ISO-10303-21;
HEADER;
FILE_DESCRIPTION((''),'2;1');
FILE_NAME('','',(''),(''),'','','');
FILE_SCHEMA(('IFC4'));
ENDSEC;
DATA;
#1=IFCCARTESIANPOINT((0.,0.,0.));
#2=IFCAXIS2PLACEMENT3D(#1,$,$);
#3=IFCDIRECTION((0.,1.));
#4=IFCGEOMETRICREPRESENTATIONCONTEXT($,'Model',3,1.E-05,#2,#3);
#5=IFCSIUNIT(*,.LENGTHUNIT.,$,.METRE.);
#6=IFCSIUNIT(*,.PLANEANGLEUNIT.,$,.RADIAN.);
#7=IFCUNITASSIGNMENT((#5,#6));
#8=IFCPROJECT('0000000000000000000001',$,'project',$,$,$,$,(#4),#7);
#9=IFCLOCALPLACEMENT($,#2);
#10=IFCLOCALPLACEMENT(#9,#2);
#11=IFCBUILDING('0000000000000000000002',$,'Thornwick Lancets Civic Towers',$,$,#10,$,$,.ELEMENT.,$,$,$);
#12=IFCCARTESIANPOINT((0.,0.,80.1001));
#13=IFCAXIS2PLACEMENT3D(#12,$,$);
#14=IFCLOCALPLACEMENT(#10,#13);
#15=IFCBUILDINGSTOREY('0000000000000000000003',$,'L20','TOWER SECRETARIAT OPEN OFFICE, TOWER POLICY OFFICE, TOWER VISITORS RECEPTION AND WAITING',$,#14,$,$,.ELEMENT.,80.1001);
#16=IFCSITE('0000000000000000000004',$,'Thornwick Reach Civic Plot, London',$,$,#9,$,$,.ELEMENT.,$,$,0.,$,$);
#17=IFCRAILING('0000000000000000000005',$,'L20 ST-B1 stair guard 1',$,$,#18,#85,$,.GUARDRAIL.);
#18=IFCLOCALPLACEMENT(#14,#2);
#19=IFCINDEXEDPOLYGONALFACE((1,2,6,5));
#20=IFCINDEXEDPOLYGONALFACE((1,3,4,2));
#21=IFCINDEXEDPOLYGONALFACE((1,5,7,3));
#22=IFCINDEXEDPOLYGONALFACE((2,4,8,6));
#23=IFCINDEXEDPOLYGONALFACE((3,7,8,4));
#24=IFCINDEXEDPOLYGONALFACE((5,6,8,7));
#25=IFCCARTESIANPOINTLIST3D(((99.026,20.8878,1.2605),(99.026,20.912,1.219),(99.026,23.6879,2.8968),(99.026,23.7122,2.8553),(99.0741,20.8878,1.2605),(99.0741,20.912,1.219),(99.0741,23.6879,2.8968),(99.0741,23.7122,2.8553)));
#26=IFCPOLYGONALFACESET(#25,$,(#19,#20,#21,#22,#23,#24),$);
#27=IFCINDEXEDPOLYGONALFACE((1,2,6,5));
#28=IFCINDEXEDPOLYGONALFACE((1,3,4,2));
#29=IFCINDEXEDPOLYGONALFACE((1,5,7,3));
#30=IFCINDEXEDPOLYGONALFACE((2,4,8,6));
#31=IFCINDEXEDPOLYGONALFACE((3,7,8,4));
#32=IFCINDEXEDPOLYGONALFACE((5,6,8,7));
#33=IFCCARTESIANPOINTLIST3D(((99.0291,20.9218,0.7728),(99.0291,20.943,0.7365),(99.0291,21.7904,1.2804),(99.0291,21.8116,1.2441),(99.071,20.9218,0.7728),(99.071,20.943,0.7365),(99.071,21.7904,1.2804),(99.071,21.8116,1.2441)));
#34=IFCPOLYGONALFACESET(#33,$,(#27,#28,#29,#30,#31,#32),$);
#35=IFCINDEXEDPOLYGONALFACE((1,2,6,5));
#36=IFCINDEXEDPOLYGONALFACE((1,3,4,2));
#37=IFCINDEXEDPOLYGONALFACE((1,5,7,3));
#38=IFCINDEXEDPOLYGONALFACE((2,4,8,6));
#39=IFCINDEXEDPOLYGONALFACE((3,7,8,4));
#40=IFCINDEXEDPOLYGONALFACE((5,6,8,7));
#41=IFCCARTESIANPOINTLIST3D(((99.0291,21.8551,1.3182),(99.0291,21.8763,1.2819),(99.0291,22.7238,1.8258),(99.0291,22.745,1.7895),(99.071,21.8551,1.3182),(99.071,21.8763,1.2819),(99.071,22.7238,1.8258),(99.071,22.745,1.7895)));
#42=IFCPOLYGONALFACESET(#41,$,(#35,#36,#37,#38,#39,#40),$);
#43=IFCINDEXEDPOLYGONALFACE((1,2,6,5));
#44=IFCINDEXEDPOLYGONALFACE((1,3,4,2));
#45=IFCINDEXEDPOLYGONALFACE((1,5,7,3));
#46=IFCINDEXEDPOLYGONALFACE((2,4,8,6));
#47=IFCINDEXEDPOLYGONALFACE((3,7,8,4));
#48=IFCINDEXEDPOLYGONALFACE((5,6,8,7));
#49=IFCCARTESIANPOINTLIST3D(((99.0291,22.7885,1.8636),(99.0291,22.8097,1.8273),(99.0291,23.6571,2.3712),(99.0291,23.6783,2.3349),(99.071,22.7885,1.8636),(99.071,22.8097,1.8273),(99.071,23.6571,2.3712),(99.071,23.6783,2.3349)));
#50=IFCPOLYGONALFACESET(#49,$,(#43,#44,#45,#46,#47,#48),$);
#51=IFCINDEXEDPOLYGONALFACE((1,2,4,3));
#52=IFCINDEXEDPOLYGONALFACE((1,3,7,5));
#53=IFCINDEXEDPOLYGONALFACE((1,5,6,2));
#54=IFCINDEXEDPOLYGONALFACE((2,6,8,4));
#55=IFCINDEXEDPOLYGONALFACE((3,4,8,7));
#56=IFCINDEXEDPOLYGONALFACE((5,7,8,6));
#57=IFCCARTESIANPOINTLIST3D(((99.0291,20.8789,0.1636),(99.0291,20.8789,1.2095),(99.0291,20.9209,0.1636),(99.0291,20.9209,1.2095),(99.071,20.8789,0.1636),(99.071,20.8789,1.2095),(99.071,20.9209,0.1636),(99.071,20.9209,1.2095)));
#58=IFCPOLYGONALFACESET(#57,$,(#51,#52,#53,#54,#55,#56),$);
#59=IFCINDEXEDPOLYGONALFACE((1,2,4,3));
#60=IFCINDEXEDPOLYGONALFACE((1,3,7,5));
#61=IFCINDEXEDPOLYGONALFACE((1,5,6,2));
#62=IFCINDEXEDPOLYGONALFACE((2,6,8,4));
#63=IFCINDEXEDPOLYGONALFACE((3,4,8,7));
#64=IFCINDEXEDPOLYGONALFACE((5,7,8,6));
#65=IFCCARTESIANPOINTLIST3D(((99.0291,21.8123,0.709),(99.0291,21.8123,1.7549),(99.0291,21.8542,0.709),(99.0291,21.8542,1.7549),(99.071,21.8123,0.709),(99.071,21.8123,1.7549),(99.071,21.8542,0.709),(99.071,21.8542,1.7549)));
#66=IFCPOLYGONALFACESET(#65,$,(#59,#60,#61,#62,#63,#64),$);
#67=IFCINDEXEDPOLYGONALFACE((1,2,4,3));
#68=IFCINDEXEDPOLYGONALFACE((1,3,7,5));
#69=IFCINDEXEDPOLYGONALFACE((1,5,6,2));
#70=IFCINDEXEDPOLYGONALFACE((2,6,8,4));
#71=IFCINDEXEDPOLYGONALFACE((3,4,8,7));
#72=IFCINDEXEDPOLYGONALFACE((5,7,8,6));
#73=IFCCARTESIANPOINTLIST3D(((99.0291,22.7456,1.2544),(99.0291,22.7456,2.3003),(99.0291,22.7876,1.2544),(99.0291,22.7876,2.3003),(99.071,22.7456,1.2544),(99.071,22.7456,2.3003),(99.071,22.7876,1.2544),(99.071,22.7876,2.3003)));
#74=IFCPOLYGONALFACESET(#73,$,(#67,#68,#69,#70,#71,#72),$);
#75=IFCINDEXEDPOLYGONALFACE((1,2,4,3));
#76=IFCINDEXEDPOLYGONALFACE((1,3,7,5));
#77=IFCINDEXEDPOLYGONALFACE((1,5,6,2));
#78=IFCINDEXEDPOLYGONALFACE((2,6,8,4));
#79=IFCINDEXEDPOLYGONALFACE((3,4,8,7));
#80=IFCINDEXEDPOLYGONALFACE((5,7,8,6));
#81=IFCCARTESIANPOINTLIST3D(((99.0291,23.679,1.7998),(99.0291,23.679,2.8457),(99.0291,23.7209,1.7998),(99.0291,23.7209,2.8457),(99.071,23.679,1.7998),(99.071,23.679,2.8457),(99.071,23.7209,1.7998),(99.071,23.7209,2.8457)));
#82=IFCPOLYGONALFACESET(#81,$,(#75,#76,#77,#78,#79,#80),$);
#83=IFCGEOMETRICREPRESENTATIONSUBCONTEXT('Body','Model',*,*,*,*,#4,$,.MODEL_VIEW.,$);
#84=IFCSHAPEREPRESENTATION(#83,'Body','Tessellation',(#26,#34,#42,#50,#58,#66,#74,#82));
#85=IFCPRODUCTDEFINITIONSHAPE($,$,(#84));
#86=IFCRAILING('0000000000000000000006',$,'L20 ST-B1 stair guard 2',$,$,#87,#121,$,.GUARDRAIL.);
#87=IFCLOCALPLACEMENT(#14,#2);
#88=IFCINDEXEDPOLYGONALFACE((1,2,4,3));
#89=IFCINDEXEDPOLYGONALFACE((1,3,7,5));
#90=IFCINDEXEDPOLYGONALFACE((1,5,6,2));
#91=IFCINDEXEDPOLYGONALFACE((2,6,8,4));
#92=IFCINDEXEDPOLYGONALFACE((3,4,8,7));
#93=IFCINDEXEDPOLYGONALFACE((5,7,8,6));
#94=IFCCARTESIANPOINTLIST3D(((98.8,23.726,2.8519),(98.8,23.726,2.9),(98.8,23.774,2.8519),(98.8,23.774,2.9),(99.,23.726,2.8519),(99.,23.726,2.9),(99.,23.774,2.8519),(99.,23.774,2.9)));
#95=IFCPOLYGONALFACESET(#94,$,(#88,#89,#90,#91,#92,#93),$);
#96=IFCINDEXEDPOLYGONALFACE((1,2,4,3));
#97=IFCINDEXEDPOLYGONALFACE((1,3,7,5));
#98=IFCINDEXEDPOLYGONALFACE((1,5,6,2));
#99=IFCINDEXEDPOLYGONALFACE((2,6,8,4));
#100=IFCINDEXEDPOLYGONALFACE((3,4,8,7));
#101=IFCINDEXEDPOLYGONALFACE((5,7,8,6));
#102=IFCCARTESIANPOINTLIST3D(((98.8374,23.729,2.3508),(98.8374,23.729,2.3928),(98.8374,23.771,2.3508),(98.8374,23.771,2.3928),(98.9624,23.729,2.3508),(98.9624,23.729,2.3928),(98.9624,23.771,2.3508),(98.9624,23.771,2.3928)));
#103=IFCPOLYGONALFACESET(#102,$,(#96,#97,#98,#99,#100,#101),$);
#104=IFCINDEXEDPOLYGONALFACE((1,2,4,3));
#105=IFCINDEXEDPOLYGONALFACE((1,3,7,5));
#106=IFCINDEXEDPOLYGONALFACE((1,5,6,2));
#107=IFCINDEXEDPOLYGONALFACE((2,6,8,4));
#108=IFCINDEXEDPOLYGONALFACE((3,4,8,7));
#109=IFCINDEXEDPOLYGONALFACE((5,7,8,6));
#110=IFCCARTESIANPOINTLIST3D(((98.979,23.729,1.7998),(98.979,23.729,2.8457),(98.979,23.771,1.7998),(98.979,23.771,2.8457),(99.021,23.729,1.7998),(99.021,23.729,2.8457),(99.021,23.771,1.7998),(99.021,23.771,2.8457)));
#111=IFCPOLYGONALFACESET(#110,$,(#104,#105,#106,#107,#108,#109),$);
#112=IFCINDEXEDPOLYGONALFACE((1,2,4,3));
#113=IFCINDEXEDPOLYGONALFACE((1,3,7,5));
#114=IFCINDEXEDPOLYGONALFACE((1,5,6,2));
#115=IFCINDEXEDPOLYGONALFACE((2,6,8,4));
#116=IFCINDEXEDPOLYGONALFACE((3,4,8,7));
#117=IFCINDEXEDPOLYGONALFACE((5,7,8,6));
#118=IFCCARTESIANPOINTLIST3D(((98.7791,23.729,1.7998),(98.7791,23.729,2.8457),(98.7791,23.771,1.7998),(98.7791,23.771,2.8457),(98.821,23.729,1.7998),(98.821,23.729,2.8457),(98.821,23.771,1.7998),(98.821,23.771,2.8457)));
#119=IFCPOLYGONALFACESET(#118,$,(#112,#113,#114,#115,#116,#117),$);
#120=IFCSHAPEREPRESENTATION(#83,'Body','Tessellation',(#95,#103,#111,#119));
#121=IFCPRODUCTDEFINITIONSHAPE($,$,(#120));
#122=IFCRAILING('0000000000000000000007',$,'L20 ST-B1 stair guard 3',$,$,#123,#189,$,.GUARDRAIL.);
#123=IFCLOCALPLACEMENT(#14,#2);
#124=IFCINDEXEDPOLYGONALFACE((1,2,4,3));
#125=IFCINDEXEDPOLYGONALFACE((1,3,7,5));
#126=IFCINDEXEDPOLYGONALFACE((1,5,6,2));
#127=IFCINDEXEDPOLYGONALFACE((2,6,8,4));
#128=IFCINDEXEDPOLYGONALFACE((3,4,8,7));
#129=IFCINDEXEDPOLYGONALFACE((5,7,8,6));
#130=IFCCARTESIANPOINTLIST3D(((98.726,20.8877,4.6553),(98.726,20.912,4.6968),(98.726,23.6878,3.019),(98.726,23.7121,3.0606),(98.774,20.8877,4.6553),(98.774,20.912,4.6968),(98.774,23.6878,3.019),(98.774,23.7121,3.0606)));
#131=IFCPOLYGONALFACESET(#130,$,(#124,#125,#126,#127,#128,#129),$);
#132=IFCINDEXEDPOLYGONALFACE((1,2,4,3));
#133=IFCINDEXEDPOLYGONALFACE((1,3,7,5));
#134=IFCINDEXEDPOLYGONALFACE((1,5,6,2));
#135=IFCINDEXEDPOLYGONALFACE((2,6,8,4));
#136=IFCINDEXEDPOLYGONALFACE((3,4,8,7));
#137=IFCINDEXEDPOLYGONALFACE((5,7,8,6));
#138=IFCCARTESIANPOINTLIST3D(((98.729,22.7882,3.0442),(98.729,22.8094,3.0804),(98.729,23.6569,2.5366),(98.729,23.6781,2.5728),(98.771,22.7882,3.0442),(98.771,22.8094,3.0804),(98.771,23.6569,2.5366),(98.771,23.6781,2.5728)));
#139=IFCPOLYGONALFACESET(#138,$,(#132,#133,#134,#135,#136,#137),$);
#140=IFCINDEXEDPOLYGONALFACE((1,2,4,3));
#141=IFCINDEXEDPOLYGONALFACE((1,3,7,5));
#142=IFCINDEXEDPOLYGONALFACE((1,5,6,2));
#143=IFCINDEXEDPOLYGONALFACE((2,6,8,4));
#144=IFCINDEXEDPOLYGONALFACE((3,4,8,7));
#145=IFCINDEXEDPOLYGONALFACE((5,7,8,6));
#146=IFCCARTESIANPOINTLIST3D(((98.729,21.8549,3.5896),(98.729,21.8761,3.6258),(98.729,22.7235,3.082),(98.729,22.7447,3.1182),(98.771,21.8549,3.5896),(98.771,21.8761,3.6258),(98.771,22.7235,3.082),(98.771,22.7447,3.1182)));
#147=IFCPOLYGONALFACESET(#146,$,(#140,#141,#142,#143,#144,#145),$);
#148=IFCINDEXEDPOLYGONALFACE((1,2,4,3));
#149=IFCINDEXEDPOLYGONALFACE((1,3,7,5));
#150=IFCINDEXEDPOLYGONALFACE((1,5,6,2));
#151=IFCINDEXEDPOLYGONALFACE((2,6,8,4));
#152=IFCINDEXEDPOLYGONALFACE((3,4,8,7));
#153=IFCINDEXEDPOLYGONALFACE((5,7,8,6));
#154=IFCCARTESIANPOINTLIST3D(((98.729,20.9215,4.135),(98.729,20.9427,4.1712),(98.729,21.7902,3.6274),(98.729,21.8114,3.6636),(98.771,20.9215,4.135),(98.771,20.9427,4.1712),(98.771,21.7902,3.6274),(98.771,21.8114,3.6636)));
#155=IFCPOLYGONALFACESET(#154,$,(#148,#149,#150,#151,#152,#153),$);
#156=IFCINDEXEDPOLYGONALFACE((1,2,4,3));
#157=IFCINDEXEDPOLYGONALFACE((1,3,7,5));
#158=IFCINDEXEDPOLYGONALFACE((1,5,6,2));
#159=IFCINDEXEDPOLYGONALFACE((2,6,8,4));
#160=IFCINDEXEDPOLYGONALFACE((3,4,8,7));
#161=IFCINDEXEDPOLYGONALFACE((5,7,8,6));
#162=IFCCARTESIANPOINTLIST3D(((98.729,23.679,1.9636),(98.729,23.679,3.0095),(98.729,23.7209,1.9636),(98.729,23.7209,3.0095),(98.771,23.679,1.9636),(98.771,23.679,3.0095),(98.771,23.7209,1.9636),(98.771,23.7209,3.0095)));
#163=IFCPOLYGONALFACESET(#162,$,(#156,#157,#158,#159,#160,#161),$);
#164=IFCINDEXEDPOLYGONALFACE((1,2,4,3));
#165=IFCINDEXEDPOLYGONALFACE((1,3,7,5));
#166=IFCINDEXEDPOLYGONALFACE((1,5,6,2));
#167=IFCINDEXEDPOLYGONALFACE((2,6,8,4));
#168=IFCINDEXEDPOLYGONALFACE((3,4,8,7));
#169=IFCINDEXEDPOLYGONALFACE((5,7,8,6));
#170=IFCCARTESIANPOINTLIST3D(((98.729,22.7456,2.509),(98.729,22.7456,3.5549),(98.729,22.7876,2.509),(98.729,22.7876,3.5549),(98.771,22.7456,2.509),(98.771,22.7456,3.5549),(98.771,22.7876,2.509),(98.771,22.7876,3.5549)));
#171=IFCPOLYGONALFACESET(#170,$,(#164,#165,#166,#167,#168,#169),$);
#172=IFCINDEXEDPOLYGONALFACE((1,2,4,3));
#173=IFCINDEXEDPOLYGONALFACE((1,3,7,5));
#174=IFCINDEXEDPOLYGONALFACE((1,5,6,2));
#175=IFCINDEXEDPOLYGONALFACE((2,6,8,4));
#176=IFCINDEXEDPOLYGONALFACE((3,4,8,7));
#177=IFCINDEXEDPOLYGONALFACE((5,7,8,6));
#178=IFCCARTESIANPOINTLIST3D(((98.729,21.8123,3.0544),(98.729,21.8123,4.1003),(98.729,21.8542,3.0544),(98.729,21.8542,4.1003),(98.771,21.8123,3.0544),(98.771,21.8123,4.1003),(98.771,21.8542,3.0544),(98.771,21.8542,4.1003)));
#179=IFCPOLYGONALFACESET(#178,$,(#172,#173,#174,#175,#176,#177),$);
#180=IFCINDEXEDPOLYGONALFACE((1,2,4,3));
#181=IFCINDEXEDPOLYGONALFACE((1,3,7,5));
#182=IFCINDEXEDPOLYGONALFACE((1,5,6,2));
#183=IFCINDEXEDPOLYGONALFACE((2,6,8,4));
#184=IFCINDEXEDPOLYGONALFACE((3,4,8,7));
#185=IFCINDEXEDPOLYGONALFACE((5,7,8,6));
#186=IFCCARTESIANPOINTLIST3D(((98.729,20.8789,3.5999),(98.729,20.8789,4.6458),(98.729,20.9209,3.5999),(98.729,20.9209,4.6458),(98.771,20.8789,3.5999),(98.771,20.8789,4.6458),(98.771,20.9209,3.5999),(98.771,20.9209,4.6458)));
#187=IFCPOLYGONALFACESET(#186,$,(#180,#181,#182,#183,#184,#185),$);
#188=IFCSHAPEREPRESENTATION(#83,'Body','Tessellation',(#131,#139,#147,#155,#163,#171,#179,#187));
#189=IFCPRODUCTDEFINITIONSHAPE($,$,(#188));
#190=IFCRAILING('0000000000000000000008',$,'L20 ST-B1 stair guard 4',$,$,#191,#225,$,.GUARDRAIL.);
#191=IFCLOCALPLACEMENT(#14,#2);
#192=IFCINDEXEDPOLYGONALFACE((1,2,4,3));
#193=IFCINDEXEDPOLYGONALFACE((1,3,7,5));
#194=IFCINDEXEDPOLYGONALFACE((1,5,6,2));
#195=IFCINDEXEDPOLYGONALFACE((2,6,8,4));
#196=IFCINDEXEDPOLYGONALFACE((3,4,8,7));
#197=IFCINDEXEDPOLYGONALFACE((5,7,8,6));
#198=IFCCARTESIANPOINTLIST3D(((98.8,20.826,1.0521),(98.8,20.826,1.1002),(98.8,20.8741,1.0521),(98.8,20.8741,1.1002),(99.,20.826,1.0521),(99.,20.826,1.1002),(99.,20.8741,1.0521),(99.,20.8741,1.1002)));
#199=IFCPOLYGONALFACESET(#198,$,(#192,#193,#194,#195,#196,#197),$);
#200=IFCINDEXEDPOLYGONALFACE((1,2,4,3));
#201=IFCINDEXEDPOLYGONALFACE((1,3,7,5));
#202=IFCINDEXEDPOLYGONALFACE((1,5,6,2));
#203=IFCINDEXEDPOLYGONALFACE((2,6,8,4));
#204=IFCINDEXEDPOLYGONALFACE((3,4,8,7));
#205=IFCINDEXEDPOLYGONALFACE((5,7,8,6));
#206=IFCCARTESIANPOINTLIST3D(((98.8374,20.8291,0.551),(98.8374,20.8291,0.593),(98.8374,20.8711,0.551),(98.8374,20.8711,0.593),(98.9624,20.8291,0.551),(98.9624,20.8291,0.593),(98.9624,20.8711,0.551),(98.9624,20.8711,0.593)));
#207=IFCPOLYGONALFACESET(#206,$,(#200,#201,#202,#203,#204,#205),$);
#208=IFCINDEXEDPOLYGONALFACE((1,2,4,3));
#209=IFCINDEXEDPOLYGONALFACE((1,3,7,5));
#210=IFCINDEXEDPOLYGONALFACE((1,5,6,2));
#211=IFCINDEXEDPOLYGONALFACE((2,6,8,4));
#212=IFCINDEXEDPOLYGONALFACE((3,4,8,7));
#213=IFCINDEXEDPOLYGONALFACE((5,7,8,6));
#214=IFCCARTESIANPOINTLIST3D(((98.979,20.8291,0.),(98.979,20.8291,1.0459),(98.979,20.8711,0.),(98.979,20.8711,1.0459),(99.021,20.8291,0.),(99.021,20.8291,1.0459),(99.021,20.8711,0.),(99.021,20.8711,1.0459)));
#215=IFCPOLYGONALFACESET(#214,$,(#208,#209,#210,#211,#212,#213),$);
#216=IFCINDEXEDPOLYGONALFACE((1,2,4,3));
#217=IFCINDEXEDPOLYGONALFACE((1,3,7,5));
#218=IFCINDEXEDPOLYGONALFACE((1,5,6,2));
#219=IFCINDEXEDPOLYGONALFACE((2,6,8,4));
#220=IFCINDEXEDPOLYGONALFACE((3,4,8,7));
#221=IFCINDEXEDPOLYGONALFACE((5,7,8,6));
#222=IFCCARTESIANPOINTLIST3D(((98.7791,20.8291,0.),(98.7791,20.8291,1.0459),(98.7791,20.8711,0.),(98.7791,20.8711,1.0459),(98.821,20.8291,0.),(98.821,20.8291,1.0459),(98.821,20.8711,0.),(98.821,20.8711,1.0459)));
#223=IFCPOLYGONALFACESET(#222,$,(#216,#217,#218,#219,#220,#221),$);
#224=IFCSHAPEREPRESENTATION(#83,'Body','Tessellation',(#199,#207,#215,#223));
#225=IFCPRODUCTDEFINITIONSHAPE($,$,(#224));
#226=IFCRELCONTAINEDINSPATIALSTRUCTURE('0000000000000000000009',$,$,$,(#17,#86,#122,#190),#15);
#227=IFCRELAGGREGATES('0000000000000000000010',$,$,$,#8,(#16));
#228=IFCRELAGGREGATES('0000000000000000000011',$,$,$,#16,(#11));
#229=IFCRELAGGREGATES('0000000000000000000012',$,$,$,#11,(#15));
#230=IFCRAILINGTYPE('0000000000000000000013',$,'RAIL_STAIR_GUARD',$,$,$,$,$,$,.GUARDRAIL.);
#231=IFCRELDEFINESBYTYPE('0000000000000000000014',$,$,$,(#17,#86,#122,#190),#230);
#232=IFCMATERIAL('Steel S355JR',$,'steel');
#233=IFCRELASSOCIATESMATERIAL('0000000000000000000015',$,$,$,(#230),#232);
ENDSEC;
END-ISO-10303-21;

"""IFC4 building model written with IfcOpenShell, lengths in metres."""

from ifc_helpers import new_model, si_unit, direction, frame, origin, origin_2d, place, context, subcontext, project, spatial, rectangle, extrude, material, type_object, element, save


model = new_model("IFC4")

# Units and contexts
model_context = context("Model", 3, precision=1e-05, world=origin(), true_north=direction((0.0, 1.0)))
body_context = subcontext(model_context, "Body", "Model", "MODEL_VIEW")
ifc_project = project(units=[si_unit("LENGTHUNIT", "METRE"), si_unit("PLANEANGLEUNIT", "RADIAN")], contexts=[model_context])

# Site, building, storey
site_placement = place(None, origin())
site = spatial("IfcSite", under=ifc_project, at=site_placement, Name="Thornwick Reach Civic Plot, London", CompositionType="ELEMENT", RefElevation=0.0)
building_placement = place(site_placement, origin())
building = spatial("IfcBuilding", under=site, at=building_placement, Name="Thornwick Lancets Civic Towers", CompositionType="ELEMENT")
storey_placement = place(building_placement, frame((0.0, 0.0, 80.1001)))
storey = spatial("IfcBuildingStorey", under=building, at=storey_placement, Name="L20", Description="TOWER SECRETARIAT OPEN OFFICE, TOWER POLICY OFFICE, TOWER VISITORS RECEPTION AND WAITING", CompositionType="ELEMENT", Elevation=80.1001)

# Shared definitions
ifc_material_1 = material(Name="Steel S355JR", Category="steel")

# Railings
railing_type_1 = type_object("IfcRailingType", Name="RAIL_STAIR_GUARD", PredefinedType="GUARDRAIL", material=ifc_material_1)
railing_1_placement = place(storey_placement, frame((99.05, 20.8999, 0.1636)))
element("IfcRailing", 1, at=railing_1_placement, inside=storey, type_object=railing_type_1, Name="L20 ST-B1 stair guard 1", PredefinedType="GUARDRAIL", context=body_context, shape_type="SweptSolid", body=[
    extrude(rectangle(XDim=0.0481, YDim=0.0481, at=origin_2d()), frame((0.0, 0.0, 1.0762), z_axis=(0.0, 0.863394, 0.504531), x_axis=(-1.0, 0.0, 0.0)), (0.0, 0.0, 1.0), 3.2432),
    extrude(rectangle(XDim=0.042, YDim=0.042, at=origin_2d()), frame((0.0, 0.0325, 0.5911), z_axis=(0.0, 0.863394, 0.504531), x_axis=(-1.0, 0.0, 0.0)), (0.0, 0.0, 1.0), 1.0061),
    extrude(rectangle(XDim=0.042, YDim=0.042, at=origin_2d()), frame((0.0, 0.9658, 1.1365), z_axis=(0.0, 0.863394, 0.504531), x_axis=(-1.0, 0.0, 0.0)), (0.0, 0.0, 1.0), 1.0061),
    extrude(rectangle(XDim=0.042, YDim=0.042, at=origin_2d()), frame((0.0, 1.8992, 1.6819), z_axis=(0.0, 0.863394, 0.504531), x_axis=(-1.0, 0.0, 0.0)), (0.0, 0.0, 1.0), 1.0061),
    extrude(rectangle(XDim=0.042, YDim=0.042, at=origin_2d()), origin(), (0.0, 0.0, 1.0), 1.0459),
    extrude(rectangle(XDim=0.042, YDim=0.042, at=origin_2d()), frame((0.0, 0.9333, 0.5454)), (0.0, 0.0, 1.0), 1.0459),
    extrude(rectangle(XDim=0.042, YDim=0.042, at=origin_2d()), frame((0.0, 1.8667, 1.0908)), (0.0, 0.0, 1.0), 1.0459),
    extrude(rectangle(XDim=0.042, YDim=0.042, at=origin_2d()), frame((0.0, 2.8, 1.6362)), (0.0, 0.0, 1.0), 1.0459),
])
railing_2_placement = place(storey_placement, frame((99.0, 23.75, 1.7998)))
element("IfcRailing", 2, at=railing_2_placement, inside=storey, type_object=railing_type_1, Name="L20 ST-B1 stair guard 2", PredefinedType="GUARDRAIL", context=body_context, shape_type="SweptSolid", body=[
    extrude(rectangle(XDim=0.0481, YDim=0.0481, at=origin_2d()), frame((0.0, 0.0, 1.0762), z_axis=(-1.0, 0.0, 0.0), x_axis=(0.0, -1.0, 0.0)), (0.0, 0.0, 1.0), 0.2),
    extrude(rectangle(XDim=0.042, YDim=0.042, at=origin_2d()), frame((-0.0376, 0.0, 0.572), z_axis=(-1.0, 0.0, 0.0), x_axis=(0.0, -1.0, 0.0)), (0.0, 0.0, 1.0), 0.125),
    extrude(rectangle(XDim=0.042, YDim=0.042, at=origin_2d()), origin(), (0.0, 0.0, 1.0), 1.0459),
    extrude(rectangle(XDim=0.042, YDim=0.042, at=origin_2d()), frame((-0.2, 0.0, 0.0)), (0.0, 0.0, 1.0), 1.0459),
])
railing_3_placement = place(storey_placement, frame((98.75, 23.7, 1.9636)))
element("IfcRailing", 3, at=railing_3_placement, inside=storey, type_object=railing_type_1, Name="L20 ST-B1 stair guard 3", PredefinedType="GUARDRAIL", context=body_context, shape_type="SweptSolid", body=[
    extrude(rectangle(XDim=0.0481, YDim=0.0481, at=origin_2d()), frame((0.0, 0.0, 1.0762), z_axis=(0.0, -0.863394, 0.504531), x_axis=(1.0, 0.0, 0.0)), (0.0, 0.0, 1.0), 3.2432),
    extrude(rectangle(XDim=0.042, YDim=0.042, at=origin_2d()), frame((0.0, -0.0325, 0.5911), z_axis=(0.0, -0.863394, 0.504531), x_axis=(1.0, 0.0, 0.0)), (0.0, 0.0, 1.0), 1.0061),
    extrude(rectangle(XDim=0.042, YDim=0.042, at=origin_2d()), frame((0.0, -0.9658, 1.1365), z_axis=(0.0, -0.863394, 0.504531), x_axis=(1.0, 0.0, 0.0)), (0.0, 0.0, 1.0), 1.0061),
    extrude(rectangle(XDim=0.042, YDim=0.042, at=origin_2d()), frame((0.0, -1.8992, 1.6819), z_axis=(0.0, -0.863394, 0.504531), x_axis=(1.0, 0.0, 0.0)), (0.0, 0.0, 1.0), 1.0061),
    extrude(rectangle(XDim=0.042, YDim=0.042, at=origin_2d()), origin(), (0.0, 0.0, 1.0), 1.0459),
    extrude(rectangle(XDim=0.042, YDim=0.042, at=origin_2d()), frame((0.0, -0.9333, 0.5454)), (0.0, 0.0, 1.0), 1.0459),
    extrude(rectangle(XDim=0.042, YDim=0.042, at=origin_2d()), frame((0.0, -1.8667, 1.0908)), (0.0, 0.0, 1.0), 1.0459),
    extrude(rectangle(XDim=0.042, YDim=0.042, at=origin_2d()), frame((0.0, -2.8, 1.6362)), (0.0, 0.0, 1.0), 1.0459),
])
railing_4_placement = place(storey_placement, frame((99.0, 20.8501, 0.0)))
element("IfcRailing", 4, at=railing_4_placement, inside=storey, type_object=railing_type_1, Name="L20 ST-B1 stair guard 4", PredefinedType="GUARDRAIL", context=body_context, shape_type="SweptSolid", body=[
    extrude(rectangle(XDim=0.0481, YDim=0.0481, at=origin_2d()), frame((0.0, 0.0, 1.0762), z_axis=(-1.0, 0.0, 0.0), x_axis=(0.0, -1.0, 0.0)), (0.0, 0.0, 1.0), 0.2),
    extrude(rectangle(XDim=0.042, YDim=0.042, at=origin_2d()), frame((-0.0376, 0.0, 0.572), z_axis=(-1.0, 0.0, 0.0), x_axis=(0.0, -1.0, 0.0)), (0.0, 0.0, 1.0), 0.125),
    extrude(rectangle(XDim=0.042, YDim=0.042, at=origin_2d()), origin(), (0.0, 0.0, 1.0), 1.0459),
    extrude(rectangle(XDim=0.042, YDim=0.042, at=origin_2d()), frame((-0.2, 0.0, 0.0)), (0.0, 0.0, 1.0), 1.0459),
])

save(model, "model.ifc")
